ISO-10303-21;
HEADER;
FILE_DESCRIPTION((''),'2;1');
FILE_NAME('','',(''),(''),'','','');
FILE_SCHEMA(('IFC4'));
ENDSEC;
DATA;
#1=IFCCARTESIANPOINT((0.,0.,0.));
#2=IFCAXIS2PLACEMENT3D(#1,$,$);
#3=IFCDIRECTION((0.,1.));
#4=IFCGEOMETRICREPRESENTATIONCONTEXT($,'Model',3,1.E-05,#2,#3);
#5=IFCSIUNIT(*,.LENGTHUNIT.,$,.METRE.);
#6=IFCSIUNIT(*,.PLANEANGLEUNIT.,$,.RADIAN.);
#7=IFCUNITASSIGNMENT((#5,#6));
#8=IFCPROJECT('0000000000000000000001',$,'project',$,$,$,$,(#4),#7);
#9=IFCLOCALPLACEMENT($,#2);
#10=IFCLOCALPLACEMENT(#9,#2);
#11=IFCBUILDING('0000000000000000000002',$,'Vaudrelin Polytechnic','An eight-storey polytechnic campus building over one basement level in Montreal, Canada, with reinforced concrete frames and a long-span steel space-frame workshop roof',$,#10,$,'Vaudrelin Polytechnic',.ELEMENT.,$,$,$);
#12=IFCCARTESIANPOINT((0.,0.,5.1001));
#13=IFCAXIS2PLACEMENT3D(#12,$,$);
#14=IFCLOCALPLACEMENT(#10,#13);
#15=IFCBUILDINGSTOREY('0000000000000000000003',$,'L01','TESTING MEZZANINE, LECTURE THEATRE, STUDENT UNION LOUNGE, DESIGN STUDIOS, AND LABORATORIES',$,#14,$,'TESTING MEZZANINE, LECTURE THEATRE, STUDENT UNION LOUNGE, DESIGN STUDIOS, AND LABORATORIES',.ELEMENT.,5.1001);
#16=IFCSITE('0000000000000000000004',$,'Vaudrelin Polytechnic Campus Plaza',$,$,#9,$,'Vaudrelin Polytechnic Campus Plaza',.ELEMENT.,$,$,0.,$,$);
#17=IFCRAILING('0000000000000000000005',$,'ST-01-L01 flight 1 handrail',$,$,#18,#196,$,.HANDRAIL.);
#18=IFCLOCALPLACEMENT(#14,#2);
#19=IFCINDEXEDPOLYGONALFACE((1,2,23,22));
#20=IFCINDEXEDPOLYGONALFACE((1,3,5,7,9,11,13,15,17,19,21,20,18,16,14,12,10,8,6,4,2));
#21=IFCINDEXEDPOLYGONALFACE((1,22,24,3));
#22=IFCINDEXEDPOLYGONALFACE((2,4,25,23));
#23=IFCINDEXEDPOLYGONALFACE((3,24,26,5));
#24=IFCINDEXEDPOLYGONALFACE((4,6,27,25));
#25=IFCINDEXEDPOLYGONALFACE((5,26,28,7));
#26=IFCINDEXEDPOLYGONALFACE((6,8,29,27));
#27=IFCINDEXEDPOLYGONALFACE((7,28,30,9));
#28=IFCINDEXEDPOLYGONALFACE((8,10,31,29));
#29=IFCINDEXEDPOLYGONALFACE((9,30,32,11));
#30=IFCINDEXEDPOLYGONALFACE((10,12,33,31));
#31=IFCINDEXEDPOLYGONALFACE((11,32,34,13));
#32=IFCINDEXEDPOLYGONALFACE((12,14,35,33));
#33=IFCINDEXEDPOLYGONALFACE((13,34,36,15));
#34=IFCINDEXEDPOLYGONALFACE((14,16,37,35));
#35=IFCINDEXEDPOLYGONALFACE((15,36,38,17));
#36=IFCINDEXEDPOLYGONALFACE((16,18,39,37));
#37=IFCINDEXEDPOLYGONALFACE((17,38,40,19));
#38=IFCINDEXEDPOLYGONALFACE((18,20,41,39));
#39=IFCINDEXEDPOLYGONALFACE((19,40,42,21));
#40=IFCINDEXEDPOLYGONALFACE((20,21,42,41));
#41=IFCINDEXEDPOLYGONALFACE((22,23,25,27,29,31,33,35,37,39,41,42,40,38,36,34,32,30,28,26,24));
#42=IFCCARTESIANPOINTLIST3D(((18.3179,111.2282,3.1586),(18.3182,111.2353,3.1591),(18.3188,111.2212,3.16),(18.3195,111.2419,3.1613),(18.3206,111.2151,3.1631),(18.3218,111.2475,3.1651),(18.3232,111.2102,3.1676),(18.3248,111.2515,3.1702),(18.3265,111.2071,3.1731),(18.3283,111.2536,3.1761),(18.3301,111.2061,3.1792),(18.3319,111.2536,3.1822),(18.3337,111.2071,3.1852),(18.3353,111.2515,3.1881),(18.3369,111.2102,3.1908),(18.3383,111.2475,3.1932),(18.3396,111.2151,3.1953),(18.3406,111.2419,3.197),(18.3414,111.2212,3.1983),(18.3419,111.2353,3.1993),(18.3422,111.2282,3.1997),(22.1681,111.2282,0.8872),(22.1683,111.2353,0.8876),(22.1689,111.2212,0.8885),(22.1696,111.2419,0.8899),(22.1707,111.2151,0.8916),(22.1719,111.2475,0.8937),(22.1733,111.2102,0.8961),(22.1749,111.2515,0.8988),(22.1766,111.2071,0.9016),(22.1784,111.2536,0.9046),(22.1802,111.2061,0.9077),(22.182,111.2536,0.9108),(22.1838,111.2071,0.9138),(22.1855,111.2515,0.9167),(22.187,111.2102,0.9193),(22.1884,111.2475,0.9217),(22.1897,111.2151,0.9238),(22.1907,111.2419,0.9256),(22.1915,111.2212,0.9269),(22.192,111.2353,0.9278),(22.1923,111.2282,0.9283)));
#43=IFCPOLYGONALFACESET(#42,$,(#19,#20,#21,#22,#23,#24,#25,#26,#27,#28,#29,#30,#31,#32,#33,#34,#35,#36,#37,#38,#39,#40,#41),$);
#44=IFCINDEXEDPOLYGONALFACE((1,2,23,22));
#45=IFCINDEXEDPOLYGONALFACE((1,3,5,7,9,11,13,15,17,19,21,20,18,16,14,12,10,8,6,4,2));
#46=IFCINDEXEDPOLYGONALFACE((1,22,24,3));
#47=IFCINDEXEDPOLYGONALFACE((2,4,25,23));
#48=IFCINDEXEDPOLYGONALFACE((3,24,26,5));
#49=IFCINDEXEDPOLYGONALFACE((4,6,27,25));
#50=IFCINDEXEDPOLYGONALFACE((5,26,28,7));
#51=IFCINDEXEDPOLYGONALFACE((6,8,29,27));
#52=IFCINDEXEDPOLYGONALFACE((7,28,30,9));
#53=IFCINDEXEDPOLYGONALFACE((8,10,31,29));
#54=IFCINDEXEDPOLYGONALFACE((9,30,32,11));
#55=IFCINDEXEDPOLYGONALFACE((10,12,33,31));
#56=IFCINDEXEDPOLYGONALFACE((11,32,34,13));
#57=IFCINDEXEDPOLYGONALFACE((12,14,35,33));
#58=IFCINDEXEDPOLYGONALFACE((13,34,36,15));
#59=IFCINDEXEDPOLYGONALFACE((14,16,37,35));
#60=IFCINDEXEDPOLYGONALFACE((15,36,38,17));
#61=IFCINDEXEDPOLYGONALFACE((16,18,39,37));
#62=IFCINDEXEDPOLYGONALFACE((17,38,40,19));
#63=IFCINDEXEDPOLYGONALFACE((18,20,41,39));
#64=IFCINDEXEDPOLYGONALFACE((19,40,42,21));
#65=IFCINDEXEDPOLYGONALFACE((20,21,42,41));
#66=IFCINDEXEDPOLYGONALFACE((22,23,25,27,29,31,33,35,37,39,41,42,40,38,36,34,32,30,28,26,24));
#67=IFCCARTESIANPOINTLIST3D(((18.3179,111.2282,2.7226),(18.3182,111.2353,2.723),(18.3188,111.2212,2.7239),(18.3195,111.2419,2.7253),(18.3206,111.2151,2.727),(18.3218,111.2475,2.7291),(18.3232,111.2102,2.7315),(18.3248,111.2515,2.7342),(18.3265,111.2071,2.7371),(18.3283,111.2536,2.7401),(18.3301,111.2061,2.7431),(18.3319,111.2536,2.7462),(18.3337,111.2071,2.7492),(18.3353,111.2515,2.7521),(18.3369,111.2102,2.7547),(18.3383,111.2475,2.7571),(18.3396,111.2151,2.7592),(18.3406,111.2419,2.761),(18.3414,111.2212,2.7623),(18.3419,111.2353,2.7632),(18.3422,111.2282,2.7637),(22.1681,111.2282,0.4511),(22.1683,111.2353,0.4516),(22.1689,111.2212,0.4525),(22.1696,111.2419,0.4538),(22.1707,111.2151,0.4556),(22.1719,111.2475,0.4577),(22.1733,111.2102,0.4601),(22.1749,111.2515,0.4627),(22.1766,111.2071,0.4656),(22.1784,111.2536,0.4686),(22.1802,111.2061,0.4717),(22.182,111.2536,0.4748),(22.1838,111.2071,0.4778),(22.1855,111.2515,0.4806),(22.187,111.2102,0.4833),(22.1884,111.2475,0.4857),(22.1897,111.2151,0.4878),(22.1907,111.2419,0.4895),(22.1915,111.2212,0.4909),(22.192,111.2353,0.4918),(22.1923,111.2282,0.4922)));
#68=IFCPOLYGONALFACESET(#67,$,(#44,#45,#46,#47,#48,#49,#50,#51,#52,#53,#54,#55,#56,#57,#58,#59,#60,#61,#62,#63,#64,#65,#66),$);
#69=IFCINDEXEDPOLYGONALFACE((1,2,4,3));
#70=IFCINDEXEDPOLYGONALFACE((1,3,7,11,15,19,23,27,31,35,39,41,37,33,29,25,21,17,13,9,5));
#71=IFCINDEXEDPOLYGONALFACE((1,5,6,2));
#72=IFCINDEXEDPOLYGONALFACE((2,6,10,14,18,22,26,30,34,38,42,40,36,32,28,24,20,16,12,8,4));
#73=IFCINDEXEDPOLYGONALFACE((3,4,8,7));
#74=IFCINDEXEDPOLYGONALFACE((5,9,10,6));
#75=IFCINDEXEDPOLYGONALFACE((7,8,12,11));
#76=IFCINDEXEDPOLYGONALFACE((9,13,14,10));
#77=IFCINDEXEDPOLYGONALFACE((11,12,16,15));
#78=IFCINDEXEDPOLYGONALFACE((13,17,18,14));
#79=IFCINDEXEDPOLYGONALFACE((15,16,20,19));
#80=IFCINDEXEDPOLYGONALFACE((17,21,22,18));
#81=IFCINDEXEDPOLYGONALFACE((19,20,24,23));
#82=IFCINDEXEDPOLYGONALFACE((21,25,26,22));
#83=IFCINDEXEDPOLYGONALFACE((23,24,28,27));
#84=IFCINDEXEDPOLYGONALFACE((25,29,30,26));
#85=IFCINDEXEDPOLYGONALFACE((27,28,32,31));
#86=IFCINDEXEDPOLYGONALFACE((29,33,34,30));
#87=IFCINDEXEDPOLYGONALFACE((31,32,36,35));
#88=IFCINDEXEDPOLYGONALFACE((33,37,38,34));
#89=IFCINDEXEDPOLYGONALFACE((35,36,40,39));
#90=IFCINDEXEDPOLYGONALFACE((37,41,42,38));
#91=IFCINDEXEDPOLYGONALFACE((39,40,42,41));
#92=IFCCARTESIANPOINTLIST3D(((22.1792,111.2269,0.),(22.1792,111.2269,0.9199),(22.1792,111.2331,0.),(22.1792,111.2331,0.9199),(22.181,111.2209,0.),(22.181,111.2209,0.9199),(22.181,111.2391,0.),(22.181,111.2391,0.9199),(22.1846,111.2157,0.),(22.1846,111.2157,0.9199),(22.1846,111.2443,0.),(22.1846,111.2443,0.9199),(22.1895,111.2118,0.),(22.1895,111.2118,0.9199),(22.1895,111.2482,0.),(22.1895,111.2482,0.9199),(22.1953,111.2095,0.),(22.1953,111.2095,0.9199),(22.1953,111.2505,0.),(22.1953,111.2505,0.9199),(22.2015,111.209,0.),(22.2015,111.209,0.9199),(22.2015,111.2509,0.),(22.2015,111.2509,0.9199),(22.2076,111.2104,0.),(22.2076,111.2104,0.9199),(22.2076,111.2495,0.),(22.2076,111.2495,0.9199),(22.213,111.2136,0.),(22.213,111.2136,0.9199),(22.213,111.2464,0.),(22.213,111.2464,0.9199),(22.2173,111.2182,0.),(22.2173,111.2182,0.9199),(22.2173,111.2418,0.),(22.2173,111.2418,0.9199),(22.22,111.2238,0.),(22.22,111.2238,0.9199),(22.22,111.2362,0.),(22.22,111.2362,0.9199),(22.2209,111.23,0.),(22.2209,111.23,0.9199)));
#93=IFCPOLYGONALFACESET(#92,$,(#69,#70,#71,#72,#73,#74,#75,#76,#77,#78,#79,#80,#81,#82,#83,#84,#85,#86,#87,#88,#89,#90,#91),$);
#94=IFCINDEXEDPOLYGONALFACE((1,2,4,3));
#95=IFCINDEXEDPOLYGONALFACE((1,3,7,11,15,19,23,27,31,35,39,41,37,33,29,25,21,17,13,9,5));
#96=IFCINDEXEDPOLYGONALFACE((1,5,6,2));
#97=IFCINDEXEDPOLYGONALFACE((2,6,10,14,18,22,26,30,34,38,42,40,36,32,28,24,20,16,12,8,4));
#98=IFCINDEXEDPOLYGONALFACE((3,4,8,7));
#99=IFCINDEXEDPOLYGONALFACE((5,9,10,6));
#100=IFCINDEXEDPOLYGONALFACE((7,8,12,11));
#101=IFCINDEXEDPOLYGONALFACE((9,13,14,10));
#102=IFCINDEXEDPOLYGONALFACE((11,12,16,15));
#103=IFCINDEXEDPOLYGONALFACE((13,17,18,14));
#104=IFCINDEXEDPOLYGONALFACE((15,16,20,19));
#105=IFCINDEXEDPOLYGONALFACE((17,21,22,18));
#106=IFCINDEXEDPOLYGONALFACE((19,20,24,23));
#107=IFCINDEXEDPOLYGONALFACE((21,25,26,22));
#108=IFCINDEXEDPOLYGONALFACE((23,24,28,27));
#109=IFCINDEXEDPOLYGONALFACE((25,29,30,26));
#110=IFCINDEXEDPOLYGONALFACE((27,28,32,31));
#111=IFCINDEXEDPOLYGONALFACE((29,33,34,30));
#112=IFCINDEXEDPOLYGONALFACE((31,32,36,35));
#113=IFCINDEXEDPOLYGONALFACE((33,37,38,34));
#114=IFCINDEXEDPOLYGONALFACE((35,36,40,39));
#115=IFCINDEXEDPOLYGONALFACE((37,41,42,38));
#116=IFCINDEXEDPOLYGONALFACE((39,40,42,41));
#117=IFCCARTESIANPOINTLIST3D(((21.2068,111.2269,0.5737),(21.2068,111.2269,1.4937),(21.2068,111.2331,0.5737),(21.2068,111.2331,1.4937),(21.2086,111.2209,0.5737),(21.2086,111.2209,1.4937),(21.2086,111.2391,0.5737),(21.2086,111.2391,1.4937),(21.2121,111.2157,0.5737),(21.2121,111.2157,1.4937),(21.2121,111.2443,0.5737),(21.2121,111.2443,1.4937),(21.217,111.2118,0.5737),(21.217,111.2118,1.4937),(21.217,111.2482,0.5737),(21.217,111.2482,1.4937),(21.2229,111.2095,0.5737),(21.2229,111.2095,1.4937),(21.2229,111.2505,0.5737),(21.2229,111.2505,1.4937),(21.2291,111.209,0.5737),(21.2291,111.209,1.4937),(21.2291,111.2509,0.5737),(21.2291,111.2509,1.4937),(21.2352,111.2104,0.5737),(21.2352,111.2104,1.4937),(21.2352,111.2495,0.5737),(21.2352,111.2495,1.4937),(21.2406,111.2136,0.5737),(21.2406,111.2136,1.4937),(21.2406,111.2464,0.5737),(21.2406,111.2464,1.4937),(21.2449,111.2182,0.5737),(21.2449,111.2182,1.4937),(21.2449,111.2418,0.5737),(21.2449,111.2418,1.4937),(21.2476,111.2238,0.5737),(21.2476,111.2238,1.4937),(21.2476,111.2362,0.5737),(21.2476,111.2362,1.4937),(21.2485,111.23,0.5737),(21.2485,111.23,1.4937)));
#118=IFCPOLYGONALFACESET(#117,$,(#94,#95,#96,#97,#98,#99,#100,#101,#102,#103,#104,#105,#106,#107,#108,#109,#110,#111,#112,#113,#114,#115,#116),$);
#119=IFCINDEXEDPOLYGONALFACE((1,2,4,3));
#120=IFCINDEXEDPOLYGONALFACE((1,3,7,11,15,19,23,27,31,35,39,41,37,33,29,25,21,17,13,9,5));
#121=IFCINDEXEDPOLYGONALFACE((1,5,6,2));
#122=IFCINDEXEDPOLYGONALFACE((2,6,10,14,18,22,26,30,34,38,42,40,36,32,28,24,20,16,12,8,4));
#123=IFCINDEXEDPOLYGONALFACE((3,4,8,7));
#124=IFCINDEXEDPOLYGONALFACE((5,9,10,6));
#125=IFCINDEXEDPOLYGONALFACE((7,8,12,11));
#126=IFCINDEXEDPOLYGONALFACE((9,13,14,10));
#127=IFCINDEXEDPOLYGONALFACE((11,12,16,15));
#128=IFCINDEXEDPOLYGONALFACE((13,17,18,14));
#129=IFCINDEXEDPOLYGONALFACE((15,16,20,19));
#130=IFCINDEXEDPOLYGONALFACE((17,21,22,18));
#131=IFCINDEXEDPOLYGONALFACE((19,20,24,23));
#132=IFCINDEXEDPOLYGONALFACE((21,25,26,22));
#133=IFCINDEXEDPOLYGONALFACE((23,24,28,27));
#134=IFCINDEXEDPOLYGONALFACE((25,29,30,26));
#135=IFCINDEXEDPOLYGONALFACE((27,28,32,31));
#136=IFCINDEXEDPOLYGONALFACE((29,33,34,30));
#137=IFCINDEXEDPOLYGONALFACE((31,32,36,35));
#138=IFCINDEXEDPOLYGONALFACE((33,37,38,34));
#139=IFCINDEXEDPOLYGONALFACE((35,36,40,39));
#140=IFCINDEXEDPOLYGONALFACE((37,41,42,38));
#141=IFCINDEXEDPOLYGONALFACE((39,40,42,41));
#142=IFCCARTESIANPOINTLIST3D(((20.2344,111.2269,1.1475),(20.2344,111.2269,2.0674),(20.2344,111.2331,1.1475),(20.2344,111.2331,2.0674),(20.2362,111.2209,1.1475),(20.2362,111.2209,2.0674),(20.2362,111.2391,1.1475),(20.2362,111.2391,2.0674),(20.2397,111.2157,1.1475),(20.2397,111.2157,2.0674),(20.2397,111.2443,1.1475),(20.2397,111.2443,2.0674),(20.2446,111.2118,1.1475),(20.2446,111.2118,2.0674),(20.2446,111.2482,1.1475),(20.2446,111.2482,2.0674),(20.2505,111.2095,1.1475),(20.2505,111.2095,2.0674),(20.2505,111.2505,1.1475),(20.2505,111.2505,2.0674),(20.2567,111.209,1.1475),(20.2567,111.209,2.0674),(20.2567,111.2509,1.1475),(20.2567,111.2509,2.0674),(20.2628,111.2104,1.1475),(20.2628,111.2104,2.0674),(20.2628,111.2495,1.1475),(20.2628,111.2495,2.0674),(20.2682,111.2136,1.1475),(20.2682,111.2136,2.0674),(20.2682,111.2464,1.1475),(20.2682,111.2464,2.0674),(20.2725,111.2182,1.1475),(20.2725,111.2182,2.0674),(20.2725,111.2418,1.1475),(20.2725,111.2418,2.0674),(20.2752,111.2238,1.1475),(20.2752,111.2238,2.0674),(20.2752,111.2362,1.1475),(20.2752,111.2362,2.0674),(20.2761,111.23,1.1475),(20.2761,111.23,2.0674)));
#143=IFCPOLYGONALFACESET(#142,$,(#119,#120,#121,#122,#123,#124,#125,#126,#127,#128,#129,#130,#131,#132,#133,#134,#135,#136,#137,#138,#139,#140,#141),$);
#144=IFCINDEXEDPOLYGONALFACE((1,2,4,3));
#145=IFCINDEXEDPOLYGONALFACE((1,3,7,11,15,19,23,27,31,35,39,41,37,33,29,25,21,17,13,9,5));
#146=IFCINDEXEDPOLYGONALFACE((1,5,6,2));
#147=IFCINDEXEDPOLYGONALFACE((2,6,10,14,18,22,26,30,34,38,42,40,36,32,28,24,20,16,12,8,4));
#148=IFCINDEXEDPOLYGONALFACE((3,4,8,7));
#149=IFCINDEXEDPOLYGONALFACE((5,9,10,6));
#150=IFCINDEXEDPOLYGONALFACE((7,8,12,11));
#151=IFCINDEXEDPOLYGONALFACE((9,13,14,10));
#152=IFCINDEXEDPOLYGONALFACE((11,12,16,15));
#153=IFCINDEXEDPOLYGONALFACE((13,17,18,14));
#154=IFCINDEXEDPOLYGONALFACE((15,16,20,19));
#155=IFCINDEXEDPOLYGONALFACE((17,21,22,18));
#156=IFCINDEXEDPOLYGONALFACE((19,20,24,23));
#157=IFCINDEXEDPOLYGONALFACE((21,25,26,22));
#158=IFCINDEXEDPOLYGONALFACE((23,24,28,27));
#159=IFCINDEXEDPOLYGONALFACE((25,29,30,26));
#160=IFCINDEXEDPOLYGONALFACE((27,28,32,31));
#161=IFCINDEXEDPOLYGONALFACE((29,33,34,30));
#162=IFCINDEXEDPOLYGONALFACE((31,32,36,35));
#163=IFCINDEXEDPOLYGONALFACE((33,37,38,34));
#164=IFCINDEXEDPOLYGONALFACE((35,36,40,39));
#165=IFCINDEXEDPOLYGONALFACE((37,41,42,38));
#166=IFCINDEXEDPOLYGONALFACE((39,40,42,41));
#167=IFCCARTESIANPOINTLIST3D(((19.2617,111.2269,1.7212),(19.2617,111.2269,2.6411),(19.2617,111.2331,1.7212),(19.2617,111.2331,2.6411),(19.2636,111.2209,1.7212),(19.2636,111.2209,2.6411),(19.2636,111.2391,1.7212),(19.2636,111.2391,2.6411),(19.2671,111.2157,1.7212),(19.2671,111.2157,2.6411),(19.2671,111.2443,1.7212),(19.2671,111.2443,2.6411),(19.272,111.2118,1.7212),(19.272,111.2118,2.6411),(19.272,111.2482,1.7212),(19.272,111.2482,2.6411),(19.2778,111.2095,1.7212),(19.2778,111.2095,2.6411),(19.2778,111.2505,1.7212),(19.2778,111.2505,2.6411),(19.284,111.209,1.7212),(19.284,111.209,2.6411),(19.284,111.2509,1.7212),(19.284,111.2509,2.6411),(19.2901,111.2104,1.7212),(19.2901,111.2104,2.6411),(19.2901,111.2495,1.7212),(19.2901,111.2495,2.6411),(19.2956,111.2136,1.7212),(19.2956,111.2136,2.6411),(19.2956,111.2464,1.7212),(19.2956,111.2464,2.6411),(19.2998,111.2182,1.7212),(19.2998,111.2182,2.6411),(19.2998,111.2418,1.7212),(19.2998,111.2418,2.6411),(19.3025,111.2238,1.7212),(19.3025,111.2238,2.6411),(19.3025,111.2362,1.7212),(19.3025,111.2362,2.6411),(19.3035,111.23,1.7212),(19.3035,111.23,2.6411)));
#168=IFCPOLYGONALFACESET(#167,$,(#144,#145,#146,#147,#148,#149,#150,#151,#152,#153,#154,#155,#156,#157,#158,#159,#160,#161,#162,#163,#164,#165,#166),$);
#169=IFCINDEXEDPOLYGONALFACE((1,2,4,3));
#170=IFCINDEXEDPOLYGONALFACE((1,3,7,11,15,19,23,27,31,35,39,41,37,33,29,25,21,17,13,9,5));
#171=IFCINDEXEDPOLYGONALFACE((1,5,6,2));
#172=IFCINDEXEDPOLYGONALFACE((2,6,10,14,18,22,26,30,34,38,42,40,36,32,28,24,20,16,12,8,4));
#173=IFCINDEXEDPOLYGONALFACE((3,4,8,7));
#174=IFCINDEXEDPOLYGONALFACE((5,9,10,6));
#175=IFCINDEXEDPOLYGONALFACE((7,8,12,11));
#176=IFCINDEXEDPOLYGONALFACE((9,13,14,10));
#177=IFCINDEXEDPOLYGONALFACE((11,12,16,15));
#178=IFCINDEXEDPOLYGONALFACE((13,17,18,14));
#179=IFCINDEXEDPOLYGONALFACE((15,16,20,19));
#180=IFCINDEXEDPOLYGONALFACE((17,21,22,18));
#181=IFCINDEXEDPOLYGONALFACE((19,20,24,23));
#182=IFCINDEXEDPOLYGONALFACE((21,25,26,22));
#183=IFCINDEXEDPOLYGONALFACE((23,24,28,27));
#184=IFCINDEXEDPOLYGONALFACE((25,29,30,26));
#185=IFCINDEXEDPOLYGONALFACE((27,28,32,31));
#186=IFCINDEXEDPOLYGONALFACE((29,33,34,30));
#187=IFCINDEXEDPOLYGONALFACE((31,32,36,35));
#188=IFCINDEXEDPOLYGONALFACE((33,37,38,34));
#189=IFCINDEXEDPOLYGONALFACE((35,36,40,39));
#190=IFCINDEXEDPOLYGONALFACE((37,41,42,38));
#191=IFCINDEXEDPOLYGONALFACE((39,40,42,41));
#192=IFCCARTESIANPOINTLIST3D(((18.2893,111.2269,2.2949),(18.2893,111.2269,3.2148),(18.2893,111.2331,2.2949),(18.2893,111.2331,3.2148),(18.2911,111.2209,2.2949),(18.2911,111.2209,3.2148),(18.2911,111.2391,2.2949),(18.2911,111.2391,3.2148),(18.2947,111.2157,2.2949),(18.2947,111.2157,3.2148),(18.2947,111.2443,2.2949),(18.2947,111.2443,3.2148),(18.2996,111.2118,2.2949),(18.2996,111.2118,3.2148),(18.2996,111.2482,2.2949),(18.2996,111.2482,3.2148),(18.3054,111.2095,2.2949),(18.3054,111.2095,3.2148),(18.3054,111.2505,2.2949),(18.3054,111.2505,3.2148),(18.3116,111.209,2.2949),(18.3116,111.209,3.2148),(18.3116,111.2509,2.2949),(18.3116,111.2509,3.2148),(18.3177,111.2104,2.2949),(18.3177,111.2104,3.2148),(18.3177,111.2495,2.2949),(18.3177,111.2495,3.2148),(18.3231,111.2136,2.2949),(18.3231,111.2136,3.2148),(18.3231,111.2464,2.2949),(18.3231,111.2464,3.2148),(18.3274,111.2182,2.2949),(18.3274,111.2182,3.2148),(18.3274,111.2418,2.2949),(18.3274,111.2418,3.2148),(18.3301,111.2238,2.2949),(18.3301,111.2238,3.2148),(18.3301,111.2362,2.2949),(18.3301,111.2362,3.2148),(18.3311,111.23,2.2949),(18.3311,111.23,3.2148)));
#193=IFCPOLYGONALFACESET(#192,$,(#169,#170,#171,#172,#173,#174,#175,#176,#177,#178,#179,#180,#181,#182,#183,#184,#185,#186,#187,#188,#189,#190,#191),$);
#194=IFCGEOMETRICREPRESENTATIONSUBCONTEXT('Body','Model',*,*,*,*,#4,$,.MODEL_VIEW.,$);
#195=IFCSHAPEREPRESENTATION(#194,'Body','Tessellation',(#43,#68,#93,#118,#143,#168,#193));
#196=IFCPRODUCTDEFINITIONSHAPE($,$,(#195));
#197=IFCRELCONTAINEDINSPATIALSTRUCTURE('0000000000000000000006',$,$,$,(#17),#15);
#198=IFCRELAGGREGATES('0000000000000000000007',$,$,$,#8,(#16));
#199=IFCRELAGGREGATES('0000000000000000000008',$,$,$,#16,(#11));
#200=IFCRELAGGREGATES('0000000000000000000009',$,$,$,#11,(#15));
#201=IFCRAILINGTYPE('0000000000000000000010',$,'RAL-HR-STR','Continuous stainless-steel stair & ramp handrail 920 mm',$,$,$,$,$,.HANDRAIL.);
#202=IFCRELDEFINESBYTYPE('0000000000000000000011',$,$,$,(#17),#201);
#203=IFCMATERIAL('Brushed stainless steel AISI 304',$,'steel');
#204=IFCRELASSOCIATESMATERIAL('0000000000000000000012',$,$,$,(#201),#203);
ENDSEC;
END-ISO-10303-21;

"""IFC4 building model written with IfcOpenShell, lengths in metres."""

from ifc_helpers import new_model, si_unit, direction, frame, origin, origin_2d, place, context, subcontext, project, spatial, circle, extrude, material, type_object, element, save


model = new_model("IFC4")

# Units and contexts
model_context = context("Model", 3, precision=1e-05, world=origin(), true_north=direction((0.0, 1.0)))
body_context = subcontext(model_context, "Body", "Model", "MODEL_VIEW")
ifc_project = project(units=[si_unit("LENGTHUNIT", "METRE"), si_unit("PLANEANGLEUNIT", "RADIAN")], contexts=[model_context])

# Site, building, storey
site_placement = place(None, origin())
site = spatial("IfcSite", under=ifc_project, at=site_placement, Name="Vaudrelin Polytechnic Campus Plaza", LongName="Vaudrelin Polytechnic Campus Plaza", CompositionType="ELEMENT", RefElevation=0.0)
building_placement = place(site_placement, origin())
building = spatial("IfcBuilding", under=site, at=building_placement, Name="Vaudrelin Polytechnic", Description="An eight-storey polytechnic campus building over one basement level in Montreal, Canada, with reinforced concrete frames and a long-span steel space-frame workshop roof", LongName="Vaudrelin Polytechnic", CompositionType="ELEMENT")
storey_placement = place(building_placement, frame((0.0, 0.0, 5.1001)))
storey = spatial("IfcBuildingStorey", under=building, at=storey_placement, Name="L01", Description="TESTING MEZZANINE, LECTURE THEATRE, STUDENT UNION LOUNGE, DESIGN STUDIOS, AND LABORATORIES", LongName="TESTING MEZZANINE, LECTURE THEATRE, STUDENT UNION LOUNGE, DESIGN STUDIOS, AND LABORATORIES", CompositionType="ELEMENT", Elevation=5.1001)

# Shared definitions
ifc_material_1 = material(Name="Brushed stainless steel AISI 304", Category="steel")

# Railing
railing_type_1 = type_object("IfcRailingType", Name="RAL-HR-STR", Description="Continuous stainless-steel stair & ramp handrail 920 mm", PredefinedType="HANDRAIL", material=ifc_material_1)
railing_1_placement = place(storey_placement, frame((22.2, 111.23, 0.0)))
element("IfcRailing", 1, at=railing_1_placement, inside=storey, type_object=railing_type_1, Name="ST-01-L01 flight 1 handrail", PredefinedType="HANDRAIL", context=body_context, shape_type="SweptSolid", body=[
    extrude(circle(Radius=0.0239, at=origin_2d()), frame((-0.0198, 0.0, 0.9077), z_axis=(-0.86128, 0.0, 0.50813), x_axis=(0.0, -1.0, 0.0)), (0.0, 0.0, 1.0), 4.4702),
    extrude(circle(Radius=0.0239, at=origin_2d()), frame((-0.0198, 0.0, 0.4717), z_axis=(-0.86128, 0.0, 0.50813), x_axis=(0.0, -1.0, 0.0)), (0.0, 0.0, 1.0), 4.4702),
    extrude(circle(Radius=0.021, at=origin_2d()), origin(), (0.0, 0.0, 1.0), 0.9199),
    extrude(circle(Radius=0.021, at=origin_2d()), frame((-0.9724, 0.0, 0.5737)), (0.0, 0.0, 1.0), 0.9199),
    extrude(circle(Radius=0.021, at=origin_2d()), frame((-1.9448, 0.0, 1.1475)), (0.0, 0.0, 1.0), 0.9199),
    extrude(circle(Radius=0.021, at=origin_2d()), frame((-2.9175, 0.0, 1.7212)), (0.0, 0.0, 1.0), 0.9199),
    extrude(circle(Radius=0.021, at=origin_2d()), frame((-3.8899, 0.0, 2.2949)), (0.0, 0.0, 1.0), 0.9199),
])

save(model, "model.ifc")
